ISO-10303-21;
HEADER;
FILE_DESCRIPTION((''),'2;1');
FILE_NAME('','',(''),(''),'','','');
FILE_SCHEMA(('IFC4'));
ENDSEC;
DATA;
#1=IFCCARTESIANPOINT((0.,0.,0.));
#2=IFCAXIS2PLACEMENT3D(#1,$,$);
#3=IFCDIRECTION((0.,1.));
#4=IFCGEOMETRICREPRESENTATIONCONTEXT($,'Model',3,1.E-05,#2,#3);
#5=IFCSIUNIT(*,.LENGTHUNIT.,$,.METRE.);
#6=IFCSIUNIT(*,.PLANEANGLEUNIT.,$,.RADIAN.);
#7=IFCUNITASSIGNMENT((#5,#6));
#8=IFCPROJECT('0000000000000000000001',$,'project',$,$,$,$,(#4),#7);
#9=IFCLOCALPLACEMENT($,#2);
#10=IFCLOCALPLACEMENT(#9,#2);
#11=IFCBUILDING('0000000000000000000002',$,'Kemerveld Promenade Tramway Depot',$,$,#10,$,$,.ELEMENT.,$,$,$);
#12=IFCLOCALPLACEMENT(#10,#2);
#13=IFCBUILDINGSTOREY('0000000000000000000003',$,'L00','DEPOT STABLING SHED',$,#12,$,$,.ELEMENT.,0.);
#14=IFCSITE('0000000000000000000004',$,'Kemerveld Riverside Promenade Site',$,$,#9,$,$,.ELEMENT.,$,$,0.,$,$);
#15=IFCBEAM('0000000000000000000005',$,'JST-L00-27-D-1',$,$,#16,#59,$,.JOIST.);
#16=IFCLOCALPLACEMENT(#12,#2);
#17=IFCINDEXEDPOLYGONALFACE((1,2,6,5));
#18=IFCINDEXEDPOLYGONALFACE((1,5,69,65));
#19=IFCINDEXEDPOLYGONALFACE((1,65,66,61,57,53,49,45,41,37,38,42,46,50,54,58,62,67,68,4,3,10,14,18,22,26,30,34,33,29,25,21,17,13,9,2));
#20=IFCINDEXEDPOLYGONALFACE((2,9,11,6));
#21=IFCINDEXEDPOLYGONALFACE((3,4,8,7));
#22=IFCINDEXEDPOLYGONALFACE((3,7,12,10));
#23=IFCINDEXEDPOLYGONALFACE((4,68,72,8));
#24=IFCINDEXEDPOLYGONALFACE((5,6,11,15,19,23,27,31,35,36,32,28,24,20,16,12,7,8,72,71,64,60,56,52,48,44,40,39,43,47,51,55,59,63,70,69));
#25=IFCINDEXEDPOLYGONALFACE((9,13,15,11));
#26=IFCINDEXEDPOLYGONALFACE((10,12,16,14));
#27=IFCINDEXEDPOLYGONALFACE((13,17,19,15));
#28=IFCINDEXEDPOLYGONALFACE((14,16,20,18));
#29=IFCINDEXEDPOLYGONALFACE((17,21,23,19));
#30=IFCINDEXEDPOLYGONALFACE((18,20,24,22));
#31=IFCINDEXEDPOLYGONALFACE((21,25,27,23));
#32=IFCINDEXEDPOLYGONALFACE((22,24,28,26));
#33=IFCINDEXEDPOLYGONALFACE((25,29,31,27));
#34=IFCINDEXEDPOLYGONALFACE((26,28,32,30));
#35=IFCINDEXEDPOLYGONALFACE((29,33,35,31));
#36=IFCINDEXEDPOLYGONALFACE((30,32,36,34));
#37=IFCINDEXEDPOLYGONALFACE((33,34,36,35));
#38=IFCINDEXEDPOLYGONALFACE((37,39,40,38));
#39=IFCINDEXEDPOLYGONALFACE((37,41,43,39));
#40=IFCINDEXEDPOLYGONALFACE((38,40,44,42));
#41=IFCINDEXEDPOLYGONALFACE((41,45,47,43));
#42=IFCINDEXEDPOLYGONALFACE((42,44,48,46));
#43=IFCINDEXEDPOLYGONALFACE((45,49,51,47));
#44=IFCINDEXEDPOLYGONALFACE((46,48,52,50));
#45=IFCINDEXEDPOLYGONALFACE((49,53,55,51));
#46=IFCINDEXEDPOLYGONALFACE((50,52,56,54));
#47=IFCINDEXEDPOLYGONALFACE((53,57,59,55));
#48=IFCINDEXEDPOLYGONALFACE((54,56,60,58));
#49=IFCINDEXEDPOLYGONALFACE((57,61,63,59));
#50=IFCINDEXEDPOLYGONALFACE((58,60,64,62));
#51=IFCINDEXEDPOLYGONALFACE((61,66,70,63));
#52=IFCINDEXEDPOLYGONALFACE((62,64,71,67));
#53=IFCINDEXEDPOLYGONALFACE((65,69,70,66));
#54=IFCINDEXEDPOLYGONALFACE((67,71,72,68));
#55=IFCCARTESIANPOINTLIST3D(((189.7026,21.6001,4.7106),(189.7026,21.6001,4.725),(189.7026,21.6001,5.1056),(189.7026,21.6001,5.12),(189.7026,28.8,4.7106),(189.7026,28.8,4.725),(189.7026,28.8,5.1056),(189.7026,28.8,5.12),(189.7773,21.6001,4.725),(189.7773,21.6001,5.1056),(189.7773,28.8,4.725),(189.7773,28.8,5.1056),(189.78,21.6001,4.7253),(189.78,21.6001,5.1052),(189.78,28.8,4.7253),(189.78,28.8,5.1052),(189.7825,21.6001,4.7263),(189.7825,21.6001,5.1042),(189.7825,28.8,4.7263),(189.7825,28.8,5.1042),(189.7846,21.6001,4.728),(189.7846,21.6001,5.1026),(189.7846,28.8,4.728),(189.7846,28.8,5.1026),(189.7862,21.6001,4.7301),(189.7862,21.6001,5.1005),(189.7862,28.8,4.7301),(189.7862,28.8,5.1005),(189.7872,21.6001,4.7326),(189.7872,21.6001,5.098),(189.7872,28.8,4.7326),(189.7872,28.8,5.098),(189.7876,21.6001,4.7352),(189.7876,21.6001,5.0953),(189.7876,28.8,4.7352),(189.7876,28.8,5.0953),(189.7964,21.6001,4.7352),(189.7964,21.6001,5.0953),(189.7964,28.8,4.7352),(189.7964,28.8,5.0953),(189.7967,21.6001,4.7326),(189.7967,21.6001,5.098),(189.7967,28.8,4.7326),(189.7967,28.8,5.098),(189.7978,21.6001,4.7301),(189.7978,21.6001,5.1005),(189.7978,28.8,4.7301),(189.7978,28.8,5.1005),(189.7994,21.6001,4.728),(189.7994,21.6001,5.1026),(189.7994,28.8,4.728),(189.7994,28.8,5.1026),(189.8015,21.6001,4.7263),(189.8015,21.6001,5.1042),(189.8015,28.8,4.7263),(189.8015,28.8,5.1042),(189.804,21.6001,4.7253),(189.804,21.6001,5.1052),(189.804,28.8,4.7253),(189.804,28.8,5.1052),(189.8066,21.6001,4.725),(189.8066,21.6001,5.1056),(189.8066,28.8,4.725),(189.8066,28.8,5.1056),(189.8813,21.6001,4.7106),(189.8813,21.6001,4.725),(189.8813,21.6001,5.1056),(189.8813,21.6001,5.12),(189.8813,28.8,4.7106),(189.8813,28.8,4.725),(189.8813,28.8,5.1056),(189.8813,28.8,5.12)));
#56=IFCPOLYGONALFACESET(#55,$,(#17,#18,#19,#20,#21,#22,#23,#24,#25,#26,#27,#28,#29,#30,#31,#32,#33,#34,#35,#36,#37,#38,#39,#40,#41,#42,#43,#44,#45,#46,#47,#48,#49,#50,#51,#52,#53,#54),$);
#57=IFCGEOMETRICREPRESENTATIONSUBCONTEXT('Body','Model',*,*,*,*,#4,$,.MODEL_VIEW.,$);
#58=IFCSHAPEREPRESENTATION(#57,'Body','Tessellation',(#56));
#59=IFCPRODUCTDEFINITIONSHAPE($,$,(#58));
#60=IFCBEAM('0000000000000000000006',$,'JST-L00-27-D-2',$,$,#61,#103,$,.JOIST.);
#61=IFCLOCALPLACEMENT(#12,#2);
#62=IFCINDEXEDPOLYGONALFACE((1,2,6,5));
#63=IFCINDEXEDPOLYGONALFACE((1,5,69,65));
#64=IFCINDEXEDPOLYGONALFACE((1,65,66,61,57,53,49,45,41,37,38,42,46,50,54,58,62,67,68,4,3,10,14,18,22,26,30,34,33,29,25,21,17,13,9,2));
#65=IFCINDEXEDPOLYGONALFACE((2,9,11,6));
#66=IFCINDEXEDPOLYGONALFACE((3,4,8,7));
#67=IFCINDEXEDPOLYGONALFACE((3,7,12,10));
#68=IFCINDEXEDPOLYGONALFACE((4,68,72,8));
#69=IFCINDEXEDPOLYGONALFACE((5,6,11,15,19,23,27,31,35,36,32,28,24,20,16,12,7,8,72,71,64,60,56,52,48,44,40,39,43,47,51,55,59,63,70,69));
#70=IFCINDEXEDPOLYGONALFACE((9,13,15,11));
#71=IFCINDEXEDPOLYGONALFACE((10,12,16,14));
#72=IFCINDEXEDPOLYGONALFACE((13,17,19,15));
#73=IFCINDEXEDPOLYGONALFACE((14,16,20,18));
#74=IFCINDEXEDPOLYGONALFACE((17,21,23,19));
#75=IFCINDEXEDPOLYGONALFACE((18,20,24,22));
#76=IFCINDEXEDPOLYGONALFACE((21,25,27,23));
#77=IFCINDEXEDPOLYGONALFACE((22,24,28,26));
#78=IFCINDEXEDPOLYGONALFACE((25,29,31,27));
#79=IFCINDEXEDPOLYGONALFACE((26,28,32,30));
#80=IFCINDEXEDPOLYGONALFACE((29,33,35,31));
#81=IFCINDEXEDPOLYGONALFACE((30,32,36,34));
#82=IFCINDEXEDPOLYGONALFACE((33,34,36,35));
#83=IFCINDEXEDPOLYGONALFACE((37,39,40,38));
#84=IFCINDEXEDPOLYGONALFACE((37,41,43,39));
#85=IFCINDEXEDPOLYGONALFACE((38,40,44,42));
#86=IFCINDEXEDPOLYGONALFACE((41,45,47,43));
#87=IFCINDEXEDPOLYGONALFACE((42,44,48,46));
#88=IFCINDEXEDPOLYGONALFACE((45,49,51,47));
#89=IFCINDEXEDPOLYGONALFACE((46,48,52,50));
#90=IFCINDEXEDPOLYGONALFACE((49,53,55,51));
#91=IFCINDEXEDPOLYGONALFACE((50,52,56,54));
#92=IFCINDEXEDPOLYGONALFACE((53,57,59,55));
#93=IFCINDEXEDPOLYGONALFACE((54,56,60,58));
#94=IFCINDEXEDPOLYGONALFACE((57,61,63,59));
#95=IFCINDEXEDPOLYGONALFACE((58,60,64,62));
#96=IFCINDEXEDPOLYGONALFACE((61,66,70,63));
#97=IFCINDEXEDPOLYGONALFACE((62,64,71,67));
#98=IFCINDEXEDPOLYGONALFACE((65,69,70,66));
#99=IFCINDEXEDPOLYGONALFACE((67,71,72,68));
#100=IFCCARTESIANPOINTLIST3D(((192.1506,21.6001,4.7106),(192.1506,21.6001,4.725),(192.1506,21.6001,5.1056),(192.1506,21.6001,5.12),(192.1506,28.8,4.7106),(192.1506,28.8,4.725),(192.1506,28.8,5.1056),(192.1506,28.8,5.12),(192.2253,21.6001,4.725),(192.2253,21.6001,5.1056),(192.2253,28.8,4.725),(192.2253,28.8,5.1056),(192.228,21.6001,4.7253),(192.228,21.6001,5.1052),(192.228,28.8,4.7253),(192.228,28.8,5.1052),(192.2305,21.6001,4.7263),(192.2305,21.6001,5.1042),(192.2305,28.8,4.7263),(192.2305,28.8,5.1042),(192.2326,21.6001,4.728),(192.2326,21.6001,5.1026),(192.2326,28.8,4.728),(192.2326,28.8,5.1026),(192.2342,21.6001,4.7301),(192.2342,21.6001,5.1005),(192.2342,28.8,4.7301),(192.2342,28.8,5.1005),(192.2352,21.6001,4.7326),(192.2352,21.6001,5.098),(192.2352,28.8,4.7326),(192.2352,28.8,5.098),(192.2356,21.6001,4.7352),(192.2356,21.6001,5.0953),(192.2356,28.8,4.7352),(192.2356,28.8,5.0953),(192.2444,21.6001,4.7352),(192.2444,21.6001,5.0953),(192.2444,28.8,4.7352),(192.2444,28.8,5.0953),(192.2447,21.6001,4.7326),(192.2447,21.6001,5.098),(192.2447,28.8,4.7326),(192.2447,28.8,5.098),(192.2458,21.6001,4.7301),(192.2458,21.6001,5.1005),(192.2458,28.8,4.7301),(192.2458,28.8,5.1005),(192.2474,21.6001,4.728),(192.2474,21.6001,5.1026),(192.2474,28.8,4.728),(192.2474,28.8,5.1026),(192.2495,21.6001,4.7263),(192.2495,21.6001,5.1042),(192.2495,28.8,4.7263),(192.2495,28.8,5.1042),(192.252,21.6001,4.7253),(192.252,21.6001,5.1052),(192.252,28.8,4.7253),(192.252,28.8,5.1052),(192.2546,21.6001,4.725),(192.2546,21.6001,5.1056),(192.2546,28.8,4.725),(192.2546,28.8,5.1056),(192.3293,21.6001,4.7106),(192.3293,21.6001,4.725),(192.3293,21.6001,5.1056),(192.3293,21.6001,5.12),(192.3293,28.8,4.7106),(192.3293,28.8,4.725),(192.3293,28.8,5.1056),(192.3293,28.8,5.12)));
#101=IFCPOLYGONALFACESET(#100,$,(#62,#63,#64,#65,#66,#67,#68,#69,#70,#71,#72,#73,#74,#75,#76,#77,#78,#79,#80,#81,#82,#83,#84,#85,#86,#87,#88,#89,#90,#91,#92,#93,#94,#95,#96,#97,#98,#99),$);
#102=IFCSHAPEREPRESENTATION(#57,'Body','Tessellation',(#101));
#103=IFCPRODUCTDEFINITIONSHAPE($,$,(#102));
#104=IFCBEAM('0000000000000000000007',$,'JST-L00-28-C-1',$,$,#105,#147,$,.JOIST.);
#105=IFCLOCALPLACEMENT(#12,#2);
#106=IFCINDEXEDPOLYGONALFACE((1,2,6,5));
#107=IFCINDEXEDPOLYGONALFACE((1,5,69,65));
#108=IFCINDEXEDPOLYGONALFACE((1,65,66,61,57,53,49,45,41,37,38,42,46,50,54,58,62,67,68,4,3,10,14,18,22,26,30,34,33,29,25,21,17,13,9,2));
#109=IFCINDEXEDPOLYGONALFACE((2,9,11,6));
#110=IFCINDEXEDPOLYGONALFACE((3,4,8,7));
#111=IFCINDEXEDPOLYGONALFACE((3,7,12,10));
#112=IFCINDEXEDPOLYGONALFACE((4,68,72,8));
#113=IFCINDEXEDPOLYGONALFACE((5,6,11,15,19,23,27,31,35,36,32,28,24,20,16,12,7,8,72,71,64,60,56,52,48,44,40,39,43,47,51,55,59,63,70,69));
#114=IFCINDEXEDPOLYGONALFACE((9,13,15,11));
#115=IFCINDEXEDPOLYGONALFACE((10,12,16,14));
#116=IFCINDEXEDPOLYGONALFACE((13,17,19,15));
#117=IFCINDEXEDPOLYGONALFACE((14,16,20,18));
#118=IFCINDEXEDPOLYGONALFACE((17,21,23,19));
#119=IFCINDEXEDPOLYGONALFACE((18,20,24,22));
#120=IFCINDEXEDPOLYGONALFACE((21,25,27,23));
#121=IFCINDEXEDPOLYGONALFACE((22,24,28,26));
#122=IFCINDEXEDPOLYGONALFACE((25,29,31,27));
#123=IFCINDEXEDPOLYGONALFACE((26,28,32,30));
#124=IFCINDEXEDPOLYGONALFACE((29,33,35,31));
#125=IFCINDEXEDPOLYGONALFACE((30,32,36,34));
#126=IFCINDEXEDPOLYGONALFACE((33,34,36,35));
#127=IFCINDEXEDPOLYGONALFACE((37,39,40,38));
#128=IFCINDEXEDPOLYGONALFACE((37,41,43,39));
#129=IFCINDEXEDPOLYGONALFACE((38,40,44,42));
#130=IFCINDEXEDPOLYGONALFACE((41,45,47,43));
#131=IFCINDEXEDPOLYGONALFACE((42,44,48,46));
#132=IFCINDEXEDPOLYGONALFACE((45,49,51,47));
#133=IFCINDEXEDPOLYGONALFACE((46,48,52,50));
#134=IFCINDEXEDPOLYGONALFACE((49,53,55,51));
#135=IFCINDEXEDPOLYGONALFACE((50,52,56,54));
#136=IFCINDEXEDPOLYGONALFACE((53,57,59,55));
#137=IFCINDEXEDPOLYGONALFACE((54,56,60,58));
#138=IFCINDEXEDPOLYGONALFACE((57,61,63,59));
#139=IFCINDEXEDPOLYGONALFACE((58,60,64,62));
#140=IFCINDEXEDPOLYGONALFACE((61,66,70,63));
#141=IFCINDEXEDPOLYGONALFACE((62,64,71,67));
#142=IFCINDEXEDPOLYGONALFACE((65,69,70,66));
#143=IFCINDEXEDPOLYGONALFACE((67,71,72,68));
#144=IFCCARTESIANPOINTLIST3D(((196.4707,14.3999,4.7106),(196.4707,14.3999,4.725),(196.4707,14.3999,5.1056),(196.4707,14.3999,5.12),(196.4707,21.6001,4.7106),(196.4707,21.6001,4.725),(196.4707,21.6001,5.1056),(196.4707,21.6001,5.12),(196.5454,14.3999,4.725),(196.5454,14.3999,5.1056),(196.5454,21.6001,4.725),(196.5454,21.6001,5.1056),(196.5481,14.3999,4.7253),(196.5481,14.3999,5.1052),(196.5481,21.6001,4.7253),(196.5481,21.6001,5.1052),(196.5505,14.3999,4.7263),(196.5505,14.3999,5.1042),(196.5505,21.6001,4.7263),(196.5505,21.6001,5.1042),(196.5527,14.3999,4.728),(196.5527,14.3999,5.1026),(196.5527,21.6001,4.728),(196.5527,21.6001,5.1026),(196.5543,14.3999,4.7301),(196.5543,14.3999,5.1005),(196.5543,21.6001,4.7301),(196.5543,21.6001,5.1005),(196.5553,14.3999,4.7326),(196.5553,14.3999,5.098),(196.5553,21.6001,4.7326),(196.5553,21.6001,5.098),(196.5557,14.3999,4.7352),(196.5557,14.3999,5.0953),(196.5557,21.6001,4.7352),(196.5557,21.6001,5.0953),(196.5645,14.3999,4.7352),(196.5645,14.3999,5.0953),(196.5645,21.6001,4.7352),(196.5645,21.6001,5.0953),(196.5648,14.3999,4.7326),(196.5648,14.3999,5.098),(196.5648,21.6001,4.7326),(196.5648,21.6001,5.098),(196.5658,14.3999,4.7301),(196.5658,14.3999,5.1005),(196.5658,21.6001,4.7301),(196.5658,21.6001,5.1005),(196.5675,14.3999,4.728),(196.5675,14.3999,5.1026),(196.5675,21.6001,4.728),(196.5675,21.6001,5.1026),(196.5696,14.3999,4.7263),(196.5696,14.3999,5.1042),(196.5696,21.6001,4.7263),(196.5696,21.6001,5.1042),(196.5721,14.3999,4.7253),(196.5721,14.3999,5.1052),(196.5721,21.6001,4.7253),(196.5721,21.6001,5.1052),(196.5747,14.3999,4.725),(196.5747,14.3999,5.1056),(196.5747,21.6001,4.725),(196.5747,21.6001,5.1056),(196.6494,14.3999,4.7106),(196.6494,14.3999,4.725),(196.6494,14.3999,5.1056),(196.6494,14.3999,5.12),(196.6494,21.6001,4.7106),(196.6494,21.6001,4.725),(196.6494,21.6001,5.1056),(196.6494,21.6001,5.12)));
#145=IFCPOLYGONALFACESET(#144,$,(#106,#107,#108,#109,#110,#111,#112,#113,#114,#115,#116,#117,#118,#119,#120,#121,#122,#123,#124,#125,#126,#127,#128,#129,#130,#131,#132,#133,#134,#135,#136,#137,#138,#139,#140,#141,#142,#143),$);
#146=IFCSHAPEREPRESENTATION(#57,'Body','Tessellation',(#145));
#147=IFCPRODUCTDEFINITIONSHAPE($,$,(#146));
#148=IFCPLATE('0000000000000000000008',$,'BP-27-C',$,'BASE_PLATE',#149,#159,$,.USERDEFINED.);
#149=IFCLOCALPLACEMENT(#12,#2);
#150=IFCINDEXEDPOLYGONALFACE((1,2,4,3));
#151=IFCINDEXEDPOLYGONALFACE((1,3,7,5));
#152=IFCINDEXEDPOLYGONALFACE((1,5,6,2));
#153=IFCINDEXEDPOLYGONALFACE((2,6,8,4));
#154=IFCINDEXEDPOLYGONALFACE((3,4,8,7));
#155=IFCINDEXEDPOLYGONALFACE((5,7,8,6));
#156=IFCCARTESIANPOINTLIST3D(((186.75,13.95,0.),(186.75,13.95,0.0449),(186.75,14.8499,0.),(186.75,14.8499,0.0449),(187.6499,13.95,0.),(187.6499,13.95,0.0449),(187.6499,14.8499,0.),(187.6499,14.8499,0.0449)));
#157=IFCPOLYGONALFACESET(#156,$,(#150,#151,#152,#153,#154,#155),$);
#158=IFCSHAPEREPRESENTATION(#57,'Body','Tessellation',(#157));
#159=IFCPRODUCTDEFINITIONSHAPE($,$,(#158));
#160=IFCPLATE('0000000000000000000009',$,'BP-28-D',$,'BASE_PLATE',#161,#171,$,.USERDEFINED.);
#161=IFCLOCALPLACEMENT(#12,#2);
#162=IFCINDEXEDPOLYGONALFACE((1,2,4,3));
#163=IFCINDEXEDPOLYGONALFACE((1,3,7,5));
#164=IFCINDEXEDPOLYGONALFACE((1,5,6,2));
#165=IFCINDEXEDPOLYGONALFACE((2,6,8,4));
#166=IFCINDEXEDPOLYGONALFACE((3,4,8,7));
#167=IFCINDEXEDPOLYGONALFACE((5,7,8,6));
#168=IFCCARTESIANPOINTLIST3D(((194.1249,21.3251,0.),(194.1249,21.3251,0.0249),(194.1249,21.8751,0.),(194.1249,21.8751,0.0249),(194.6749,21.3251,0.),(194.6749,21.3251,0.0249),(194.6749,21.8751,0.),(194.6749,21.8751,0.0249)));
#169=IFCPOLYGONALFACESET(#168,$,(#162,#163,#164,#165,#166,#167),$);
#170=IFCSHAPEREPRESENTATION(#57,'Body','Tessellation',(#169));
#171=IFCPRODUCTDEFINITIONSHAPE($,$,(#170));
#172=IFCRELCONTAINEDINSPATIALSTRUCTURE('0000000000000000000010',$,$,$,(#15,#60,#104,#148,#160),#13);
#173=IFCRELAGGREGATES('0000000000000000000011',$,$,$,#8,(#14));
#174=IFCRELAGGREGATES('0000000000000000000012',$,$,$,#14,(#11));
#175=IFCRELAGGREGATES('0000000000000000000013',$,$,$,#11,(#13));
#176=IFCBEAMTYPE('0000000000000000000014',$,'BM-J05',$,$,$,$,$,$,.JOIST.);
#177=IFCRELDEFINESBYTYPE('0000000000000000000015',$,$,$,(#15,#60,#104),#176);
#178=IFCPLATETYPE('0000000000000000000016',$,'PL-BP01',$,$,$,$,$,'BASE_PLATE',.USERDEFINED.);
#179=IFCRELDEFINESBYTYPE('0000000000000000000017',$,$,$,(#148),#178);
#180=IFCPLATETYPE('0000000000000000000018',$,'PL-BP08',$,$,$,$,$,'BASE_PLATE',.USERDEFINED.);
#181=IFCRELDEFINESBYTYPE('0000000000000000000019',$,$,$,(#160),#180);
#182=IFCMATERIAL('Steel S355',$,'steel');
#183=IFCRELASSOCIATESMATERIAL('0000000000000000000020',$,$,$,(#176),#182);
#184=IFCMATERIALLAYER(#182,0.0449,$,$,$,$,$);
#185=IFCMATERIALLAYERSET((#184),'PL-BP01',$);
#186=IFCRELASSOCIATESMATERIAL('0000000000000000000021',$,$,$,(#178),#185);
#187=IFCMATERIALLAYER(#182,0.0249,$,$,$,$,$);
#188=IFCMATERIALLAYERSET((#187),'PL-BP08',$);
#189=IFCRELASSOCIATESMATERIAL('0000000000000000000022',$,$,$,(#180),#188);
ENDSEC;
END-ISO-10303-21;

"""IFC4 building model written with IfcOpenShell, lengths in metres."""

from ifc_helpers import new_model, si_unit, direction, frame, origin, origin_2d, place, context, subcontext, project, spatial, rectangle, i_section, extrude, material, layer, layer_set, material_profile, profile_set, type_object, element, save


model = new_model("IFC4")

# Units and contexts
model_context = context("Model", 3, precision=1e-05, world=origin(), true_north=direction((0.0, 1.0)))
body_context = subcontext(model_context, "Body", "Model", "MODEL_VIEW")
ifc_project = project(units=[si_unit("LENGTHUNIT", "METRE"), si_unit("PLANEANGLEUNIT", "RADIAN")], contexts=[model_context])

# Site, building, storey
site_placement = place(None, origin())
site = spatial("IfcSite", under=ifc_project, at=site_placement, Name="Kemerveld Riverside Promenade Site", CompositionType="ELEMENT", RefElevation=0.0)
building_placement = place(site_placement, origin())
building = spatial("IfcBuilding", under=site, at=building_placement, Name="Kemerveld Promenade Tramway Depot", CompositionType="ELEMENT")
storey_placement = place(building_placement, origin())
storey = spatial("IfcBuildingStorey", under=building, at=storey_placement, Name="L00", Description="DEPOT STABLING SHED", CompositionType="ELEMENT", Elevation=0.0)

# Shared definitions
ifc_material_1 = material(Name="Steel S355", Category="steel")

# Beams
ifc_material_profile_1 = material_profile(ifc_material_1, i_section(OverallWidth=0.1787, OverallDepth=0.4094, WebThickness=0.0088, FlangeThickness=0.0144, FilletRadius=0.0103, at=origin_2d()), Name="406x178x67 UB")
ifc_profile_set_1 = profile_set([ifc_material_profile_1], Name="Steel S355")
beam_type_1 = type_object("IfcBeamType", Name="BM-J05", PredefinedType="JOIST", material=ifc_profile_set_1)
for number, where, z_axis, x_axis, name in (
    (1, (189.792, 21.6001, 4.9153), (0.0, 1.0, 0.0), (-1.0, 0.0, 0.0), "JST-L00-27-D-1"),
    (2, (192.24, 21.6001, 4.9153), (0.0, 1.0, 0.0), (-1.0, 0.0, 0.0), "JST-L00-27-D-2"),
):
    element("IfcBeam", number, at=place(storey_placement, frame(where, z_axis=z_axis, x_axis=x_axis)), inside=storey, type_object=beam_type_1, Name=name, PredefinedType="JOIST", context=body_context, shape_type="SweptSolid", body=[
        extrude(i_section(OverallWidth=0.1787, OverallDepth=0.4094, WebThickness=0.0088, FlangeThickness=0.0144, FilletRadius=0.0103, at=origin_2d()), origin(), (0.0, 0.0, 1.0), 7.2),
    ])
beam_1_placement = place(storey_placement, frame((196.5601, 14.3999, 4.9153), z_axis=(0.0, 1.0, 0.0), x_axis=(-1.0, 0.0, 0.0)))
element("IfcBeam", 3, at=beam_1_placement, inside=storey, type_object=beam_type_1, Name="JST-L00-28-C-1", PredefinedType="JOIST", context=body_context, shape_type="SweptSolid", body=[
    extrude(i_section(OverallWidth=0.1787, OverallDepth=0.4094, WebThickness=0.0088, FlangeThickness=0.0144, FilletRadius=0.0103, at=origin_2d()), origin(), (0.0, 0.0, 1.0), 7.2002),
])

# Plates
ifc_layer_1 = layer(ifc_material_1, 0.0449)
ifc_layer_set_1 = layer_set([ifc_layer_1], Name="PL-BP01")
plate_type_1 = type_object("IfcPlateType", Name="PL-BP01", ElementType="BASE_PLATE", PredefinedType="USERDEFINED", material=ifc_layer_set_1)
plate_1_placement = place(storey_placement, frame((187.2, 14.3999, 0.0), z_axis=(0.0, 0.0, 1.0), x_axis=(1.0, 0.0, 0.0)))
element("IfcPlate", 4, at=plate_1_placement, inside=storey, type_object=plate_type_1, Name="BP-27-C", ObjectType="BASE_PLATE", PredefinedType="USERDEFINED", context=body_context, shape_type="SweptSolid", body=[
    extrude(rectangle(XDim=0.8999, YDim=0.8999, at=origin_2d()), origin(), (0.0, 0.0, 1.0), 0.0449),
])
ifc_layer_2 = layer(ifc_material_1, 0.0249)
ifc_layer_set_2 = layer_set([ifc_layer_2], Name="PL-BP08")
plate_type_2 = type_object("IfcPlateType", Name="PL-BP08", ElementType="BASE_PLATE", PredefinedType="USERDEFINED", material=ifc_layer_set_2)
plate_2_placement = place(storey_placement, frame((194.3999, 21.6001, 0.0), z_axis=(0.0, 0.0, 1.0), x_axis=(1.0, 0.0, 0.0)))
element("IfcPlate", 5, at=plate_2_placement, inside=storey, type_object=plate_type_2, Name="BP-28-D", ObjectType="BASE_PLATE", PredefinedType="USERDEFINED", context=body_context, shape_type="SweptSolid", body=[
    extrude(rectangle(XDim=0.55, YDim=0.55, at=origin_2d()), origin(), (0.0, 0.0, 1.0), 0.0249),
])

save(model, "model.ifc")
